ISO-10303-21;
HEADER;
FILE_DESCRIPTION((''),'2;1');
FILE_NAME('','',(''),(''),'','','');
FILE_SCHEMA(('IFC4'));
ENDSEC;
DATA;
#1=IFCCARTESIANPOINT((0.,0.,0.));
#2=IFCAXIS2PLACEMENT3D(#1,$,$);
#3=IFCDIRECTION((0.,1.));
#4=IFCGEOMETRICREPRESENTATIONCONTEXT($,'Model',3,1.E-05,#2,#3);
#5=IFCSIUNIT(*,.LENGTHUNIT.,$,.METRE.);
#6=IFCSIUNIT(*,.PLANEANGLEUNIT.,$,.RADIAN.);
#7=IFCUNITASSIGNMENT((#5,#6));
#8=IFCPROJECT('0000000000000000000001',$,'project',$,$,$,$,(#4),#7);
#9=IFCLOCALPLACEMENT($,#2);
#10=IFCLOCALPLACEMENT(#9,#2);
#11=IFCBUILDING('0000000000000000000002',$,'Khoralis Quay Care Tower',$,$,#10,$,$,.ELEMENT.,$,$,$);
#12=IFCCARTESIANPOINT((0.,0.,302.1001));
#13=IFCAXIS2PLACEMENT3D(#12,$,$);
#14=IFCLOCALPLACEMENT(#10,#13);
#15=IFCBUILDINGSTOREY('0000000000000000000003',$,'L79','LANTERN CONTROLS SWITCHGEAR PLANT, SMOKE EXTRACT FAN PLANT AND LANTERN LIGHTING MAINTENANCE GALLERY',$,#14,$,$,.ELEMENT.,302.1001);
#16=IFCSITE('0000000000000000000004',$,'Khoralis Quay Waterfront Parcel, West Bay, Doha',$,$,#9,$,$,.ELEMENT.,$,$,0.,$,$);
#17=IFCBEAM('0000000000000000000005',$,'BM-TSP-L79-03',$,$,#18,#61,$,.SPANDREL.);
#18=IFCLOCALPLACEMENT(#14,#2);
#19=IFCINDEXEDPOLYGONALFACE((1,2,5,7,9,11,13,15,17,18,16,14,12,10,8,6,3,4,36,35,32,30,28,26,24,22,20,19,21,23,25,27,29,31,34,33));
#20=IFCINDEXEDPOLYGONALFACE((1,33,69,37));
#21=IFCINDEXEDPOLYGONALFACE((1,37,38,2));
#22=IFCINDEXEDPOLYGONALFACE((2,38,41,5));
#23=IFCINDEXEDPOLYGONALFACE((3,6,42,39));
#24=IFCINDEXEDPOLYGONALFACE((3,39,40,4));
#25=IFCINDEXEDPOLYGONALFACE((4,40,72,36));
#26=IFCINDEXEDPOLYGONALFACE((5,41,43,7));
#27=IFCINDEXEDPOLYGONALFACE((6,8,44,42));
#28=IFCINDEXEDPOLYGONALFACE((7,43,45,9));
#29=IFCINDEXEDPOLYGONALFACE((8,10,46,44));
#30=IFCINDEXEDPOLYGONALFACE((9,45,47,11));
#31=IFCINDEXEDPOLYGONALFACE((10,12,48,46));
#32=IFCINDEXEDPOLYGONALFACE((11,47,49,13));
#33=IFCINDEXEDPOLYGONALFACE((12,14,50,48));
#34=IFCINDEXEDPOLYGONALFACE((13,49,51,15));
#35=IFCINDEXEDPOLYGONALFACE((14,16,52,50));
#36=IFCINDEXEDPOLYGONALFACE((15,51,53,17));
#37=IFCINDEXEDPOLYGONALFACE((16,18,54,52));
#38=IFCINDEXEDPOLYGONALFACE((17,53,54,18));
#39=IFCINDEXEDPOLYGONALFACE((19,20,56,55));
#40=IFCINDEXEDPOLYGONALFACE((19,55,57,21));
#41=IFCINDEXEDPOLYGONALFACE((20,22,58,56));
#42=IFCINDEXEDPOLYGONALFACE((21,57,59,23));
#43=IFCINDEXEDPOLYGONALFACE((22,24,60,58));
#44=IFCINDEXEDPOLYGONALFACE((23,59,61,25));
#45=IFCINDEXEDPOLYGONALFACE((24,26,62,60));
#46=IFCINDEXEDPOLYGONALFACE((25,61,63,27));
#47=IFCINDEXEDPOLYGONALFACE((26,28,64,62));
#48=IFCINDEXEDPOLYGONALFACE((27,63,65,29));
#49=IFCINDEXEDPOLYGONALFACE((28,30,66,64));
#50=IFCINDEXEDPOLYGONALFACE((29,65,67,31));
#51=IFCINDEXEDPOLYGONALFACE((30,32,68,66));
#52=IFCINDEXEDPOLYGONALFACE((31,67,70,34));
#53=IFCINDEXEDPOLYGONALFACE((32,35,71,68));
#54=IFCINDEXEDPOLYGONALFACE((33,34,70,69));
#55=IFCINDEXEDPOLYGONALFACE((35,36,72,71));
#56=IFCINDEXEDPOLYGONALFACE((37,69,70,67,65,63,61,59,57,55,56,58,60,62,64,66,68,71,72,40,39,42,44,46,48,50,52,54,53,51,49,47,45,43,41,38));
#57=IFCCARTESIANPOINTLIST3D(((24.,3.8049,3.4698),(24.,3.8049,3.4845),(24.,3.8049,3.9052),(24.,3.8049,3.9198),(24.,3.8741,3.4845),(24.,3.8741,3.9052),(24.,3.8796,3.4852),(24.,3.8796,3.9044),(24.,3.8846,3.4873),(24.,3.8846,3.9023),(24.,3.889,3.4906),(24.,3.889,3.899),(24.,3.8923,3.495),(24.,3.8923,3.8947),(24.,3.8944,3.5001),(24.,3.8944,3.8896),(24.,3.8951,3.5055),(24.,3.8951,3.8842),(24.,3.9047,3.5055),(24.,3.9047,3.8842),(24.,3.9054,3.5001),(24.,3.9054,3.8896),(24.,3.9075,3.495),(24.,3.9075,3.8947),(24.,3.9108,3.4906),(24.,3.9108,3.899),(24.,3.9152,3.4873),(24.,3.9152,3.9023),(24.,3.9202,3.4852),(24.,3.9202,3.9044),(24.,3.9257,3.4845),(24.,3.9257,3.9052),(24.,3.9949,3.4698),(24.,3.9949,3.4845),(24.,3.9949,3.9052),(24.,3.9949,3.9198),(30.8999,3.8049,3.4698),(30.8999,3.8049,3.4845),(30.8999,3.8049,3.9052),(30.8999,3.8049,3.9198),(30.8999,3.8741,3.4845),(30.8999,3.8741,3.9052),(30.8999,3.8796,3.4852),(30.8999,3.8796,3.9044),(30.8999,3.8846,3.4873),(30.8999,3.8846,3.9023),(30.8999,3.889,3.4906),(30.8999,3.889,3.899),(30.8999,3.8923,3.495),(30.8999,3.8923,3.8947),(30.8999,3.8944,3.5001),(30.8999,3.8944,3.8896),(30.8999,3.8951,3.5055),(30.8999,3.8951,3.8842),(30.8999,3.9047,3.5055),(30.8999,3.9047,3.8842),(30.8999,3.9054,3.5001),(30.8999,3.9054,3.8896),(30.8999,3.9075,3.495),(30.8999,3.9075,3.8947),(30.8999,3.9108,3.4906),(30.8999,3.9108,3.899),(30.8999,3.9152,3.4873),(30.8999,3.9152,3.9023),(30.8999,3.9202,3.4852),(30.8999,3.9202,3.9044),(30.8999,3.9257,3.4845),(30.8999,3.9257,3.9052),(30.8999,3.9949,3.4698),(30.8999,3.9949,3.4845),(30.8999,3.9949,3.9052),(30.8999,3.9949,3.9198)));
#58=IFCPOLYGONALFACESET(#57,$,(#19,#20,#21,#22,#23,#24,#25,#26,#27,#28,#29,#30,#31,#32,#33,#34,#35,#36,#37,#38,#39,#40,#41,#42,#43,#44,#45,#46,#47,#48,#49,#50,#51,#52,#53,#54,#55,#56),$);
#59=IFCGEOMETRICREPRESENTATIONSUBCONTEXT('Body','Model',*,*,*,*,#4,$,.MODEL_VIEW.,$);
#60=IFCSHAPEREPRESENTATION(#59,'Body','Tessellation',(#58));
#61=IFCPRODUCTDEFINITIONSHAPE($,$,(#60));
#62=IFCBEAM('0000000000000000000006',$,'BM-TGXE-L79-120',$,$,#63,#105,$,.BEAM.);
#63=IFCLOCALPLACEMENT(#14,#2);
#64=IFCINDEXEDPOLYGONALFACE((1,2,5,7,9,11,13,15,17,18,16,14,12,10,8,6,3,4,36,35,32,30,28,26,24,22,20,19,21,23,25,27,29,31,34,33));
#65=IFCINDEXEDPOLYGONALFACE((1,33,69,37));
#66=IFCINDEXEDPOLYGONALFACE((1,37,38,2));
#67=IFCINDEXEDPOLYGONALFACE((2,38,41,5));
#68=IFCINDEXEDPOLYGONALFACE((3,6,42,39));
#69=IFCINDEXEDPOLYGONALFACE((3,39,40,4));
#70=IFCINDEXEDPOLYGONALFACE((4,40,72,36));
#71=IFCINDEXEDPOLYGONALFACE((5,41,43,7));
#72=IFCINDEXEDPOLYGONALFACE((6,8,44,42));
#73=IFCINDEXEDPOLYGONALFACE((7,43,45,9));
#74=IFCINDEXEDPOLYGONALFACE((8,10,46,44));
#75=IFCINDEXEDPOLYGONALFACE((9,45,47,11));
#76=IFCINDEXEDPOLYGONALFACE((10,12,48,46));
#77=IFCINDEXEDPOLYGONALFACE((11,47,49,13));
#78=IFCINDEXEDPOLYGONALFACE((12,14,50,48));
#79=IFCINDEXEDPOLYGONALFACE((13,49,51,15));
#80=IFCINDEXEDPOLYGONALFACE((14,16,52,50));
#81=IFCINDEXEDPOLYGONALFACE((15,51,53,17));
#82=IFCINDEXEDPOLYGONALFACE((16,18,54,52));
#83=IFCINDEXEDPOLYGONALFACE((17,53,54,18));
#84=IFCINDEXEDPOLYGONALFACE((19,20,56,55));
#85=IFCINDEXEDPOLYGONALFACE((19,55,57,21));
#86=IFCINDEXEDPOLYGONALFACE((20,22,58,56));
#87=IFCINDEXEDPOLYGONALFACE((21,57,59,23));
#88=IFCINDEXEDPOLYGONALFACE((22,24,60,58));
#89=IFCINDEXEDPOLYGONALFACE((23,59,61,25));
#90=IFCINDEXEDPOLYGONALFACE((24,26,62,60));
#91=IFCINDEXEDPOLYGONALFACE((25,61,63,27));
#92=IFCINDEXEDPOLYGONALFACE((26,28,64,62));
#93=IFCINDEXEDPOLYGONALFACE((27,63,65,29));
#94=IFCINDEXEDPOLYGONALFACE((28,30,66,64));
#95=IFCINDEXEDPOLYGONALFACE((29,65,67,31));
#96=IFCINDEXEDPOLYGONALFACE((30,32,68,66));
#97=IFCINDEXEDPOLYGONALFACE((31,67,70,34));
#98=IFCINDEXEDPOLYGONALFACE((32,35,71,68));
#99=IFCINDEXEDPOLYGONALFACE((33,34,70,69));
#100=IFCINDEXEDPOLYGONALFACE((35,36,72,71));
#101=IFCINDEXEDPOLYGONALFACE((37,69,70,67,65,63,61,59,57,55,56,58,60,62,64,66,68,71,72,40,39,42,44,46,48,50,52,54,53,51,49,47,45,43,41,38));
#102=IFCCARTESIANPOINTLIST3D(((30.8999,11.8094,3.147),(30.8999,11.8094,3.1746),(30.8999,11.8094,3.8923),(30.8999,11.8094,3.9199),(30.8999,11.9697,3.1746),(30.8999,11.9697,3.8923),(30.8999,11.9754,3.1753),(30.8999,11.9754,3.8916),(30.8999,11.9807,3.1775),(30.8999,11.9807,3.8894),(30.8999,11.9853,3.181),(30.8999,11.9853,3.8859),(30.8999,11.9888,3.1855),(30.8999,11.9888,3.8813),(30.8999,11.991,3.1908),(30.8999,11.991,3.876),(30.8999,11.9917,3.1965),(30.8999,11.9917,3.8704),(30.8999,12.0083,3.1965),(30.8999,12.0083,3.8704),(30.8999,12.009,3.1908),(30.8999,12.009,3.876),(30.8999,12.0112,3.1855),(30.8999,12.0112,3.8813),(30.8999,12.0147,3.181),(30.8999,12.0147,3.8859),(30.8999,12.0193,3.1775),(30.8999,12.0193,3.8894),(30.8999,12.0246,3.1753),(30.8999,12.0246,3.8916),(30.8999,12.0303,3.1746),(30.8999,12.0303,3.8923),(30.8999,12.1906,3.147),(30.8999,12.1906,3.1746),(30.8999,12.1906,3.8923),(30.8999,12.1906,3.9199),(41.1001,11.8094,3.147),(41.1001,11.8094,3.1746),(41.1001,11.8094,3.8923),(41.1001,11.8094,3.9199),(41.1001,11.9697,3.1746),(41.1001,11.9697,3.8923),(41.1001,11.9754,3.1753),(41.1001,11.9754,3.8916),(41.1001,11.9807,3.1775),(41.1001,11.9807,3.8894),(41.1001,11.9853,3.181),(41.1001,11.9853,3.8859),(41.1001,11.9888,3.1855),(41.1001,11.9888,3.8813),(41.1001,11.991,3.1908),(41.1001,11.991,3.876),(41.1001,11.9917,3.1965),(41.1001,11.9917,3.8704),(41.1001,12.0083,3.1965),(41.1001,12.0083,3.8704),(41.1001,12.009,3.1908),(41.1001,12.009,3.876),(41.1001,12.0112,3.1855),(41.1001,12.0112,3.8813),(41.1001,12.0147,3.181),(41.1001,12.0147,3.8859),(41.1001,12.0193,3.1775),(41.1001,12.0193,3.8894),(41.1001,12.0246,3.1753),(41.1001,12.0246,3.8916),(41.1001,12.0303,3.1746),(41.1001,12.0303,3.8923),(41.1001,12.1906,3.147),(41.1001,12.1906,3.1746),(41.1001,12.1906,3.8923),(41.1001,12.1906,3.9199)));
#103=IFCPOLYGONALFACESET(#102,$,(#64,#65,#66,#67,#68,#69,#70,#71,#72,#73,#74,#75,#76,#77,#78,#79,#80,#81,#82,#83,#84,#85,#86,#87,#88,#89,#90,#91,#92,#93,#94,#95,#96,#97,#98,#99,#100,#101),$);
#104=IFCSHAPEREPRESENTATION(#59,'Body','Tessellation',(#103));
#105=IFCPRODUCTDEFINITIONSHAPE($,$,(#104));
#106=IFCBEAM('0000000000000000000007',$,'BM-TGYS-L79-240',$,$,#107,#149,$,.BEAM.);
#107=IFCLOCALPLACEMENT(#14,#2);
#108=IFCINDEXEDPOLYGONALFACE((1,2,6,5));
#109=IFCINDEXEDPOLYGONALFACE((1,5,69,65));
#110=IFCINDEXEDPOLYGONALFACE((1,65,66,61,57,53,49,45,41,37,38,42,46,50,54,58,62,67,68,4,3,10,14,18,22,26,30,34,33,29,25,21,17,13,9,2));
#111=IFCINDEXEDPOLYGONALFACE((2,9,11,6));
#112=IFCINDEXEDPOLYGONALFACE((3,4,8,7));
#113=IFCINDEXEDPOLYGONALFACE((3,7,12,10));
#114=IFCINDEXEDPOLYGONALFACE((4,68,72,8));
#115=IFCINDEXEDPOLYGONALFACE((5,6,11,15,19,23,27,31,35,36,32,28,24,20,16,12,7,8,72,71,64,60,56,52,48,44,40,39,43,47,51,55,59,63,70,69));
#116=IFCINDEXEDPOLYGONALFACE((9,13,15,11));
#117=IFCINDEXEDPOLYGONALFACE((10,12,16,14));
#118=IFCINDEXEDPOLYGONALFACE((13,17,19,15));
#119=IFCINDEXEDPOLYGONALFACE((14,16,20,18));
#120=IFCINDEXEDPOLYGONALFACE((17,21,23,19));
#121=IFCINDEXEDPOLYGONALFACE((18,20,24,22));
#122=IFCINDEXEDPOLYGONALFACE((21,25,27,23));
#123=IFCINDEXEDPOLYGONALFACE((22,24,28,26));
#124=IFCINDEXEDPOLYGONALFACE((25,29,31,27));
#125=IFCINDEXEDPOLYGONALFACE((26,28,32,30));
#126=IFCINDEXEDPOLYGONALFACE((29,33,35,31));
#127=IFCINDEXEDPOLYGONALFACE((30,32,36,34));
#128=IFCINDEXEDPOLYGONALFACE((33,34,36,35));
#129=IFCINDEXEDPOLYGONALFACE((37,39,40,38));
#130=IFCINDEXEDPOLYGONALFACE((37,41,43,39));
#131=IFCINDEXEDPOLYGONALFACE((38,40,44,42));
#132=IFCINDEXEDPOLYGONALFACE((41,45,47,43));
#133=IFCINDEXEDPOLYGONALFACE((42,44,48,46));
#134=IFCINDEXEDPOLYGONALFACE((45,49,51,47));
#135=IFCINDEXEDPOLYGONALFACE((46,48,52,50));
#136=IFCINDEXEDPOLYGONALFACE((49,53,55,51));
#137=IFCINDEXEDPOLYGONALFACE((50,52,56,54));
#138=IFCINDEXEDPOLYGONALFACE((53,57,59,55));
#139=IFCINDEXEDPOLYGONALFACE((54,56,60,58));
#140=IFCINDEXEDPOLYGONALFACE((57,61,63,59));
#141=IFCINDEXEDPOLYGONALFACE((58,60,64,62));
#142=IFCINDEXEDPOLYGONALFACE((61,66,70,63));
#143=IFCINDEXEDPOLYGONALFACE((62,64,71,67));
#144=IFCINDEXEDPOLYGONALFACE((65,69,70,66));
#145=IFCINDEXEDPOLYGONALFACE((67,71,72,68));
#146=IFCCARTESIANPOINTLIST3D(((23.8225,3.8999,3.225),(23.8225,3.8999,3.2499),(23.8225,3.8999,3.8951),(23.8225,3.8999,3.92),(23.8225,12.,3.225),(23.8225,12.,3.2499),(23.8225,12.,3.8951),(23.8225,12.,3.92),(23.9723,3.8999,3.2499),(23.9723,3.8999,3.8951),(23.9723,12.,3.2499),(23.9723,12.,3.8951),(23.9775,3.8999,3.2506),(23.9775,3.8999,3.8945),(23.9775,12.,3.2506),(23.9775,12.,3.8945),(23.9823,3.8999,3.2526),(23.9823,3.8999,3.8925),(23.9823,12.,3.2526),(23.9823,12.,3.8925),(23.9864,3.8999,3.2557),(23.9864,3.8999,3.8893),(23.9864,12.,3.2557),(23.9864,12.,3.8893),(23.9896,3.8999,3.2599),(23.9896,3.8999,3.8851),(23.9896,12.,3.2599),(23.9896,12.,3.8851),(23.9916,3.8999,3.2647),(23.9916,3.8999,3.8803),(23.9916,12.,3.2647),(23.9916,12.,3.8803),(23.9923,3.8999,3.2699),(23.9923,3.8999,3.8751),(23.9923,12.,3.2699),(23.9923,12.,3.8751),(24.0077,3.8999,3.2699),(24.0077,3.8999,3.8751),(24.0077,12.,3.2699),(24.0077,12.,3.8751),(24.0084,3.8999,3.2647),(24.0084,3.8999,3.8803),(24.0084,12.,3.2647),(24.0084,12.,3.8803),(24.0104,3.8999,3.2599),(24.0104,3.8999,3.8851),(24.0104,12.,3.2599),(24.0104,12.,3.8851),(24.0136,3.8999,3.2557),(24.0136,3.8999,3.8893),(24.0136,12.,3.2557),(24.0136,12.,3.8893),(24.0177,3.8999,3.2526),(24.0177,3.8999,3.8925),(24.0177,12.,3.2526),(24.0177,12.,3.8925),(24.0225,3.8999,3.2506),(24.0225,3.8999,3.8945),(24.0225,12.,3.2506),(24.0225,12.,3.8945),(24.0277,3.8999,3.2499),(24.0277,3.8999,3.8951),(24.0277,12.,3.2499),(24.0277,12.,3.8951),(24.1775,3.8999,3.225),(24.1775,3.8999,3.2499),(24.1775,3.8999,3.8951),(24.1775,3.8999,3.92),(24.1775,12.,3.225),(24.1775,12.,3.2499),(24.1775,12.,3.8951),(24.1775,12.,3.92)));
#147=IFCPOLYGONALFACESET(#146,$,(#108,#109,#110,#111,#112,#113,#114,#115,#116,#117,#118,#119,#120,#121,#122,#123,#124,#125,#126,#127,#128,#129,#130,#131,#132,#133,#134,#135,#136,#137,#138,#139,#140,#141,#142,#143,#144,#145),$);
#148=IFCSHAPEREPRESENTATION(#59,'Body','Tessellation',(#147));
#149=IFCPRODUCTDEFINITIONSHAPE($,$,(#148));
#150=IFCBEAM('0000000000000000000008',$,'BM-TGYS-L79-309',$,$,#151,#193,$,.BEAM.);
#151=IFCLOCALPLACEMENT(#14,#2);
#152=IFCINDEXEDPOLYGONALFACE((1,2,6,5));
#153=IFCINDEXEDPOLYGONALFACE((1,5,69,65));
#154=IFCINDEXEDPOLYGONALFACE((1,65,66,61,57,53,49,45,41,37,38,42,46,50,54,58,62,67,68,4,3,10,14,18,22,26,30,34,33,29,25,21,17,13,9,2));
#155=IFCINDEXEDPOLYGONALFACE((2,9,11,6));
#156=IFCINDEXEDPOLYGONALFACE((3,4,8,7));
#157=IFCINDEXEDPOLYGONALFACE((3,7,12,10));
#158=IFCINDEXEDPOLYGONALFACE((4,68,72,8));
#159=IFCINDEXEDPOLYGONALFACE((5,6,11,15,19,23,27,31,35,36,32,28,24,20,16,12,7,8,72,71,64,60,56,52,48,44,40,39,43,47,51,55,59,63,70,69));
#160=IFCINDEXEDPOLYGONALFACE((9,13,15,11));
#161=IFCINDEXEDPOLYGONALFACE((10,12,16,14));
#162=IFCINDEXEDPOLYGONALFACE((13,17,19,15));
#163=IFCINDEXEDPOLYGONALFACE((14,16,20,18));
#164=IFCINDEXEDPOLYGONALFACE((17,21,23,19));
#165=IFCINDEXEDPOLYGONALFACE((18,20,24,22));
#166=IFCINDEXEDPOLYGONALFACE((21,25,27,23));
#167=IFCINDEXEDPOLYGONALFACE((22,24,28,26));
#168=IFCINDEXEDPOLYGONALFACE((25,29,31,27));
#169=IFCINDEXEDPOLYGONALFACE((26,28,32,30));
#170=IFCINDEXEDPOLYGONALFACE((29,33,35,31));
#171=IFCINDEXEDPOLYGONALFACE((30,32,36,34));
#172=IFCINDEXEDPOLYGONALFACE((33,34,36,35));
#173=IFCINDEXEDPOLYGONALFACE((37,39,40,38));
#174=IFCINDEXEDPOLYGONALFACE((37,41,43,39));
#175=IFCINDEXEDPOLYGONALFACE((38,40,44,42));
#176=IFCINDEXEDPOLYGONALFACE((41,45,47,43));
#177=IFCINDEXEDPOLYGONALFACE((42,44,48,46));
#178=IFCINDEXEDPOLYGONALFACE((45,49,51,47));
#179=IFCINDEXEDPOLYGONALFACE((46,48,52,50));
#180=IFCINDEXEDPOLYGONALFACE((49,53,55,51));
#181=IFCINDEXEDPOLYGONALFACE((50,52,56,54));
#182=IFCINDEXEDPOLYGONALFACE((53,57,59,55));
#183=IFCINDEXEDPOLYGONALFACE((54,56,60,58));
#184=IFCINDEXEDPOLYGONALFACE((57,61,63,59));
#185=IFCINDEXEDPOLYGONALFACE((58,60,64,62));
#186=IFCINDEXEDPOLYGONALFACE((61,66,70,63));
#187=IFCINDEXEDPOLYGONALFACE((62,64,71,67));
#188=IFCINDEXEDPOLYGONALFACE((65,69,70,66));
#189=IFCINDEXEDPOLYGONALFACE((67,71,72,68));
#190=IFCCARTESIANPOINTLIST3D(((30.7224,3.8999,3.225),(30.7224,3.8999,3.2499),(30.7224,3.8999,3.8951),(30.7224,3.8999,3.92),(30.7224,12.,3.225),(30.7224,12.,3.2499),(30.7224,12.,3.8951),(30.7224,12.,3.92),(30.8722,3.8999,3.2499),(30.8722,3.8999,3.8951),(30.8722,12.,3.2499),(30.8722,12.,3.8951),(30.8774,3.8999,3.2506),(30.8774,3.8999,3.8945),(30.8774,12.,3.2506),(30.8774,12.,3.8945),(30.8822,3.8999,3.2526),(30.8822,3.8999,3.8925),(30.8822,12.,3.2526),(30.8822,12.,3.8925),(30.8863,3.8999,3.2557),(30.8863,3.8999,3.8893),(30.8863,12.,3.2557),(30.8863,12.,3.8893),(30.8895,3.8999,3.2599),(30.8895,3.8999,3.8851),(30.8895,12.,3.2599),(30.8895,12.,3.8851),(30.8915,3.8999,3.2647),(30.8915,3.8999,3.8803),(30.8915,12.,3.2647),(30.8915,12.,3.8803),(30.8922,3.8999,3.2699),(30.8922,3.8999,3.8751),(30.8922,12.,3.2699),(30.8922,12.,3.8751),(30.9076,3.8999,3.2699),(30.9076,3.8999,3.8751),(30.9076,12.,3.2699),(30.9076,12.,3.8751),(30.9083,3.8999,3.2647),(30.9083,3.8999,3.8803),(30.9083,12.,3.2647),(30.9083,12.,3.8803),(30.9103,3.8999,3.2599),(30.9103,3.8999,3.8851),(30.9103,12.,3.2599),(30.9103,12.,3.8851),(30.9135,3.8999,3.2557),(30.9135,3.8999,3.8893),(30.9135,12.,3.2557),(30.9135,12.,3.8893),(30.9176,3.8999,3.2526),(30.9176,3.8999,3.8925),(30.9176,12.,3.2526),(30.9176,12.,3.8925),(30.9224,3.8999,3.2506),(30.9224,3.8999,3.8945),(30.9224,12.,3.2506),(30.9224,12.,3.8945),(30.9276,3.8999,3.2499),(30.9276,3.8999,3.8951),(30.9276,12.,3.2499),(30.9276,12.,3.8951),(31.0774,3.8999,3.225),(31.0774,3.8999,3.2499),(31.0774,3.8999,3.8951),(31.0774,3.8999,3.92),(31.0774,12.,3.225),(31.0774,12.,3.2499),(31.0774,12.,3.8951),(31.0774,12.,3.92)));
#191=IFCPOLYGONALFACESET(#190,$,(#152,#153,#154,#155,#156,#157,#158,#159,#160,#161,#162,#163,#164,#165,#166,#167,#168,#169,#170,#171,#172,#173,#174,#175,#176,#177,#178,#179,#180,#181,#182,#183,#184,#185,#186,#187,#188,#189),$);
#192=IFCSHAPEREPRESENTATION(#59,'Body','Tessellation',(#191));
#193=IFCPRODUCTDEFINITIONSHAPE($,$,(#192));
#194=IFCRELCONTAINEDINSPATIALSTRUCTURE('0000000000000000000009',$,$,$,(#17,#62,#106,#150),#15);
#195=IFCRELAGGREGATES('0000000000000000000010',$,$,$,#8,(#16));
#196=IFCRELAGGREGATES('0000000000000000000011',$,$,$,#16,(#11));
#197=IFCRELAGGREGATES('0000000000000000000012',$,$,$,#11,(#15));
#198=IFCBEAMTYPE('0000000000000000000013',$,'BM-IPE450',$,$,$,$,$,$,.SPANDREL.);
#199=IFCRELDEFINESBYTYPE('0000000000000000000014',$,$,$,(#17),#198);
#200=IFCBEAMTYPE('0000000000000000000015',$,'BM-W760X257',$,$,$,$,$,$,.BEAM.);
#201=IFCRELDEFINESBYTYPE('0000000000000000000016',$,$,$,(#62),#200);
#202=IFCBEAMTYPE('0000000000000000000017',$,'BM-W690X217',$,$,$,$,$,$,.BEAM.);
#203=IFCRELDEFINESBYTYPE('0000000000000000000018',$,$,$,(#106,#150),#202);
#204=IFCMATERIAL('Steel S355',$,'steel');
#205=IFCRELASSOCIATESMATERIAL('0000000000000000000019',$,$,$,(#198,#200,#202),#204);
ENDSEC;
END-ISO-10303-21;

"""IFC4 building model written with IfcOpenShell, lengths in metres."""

from ifc_helpers import new_model, si_unit, direction, frame, origin, origin_2d, place, context, subcontext, project, spatial, i_section, extrude, source, transform, mapped, material, material_profile, profile_set, type_object, element, save


model = new_model("IFC4")

# Units and contexts
model_context = context("Model", 3, precision=1e-05, world=origin(), true_north=direction((0.0, 1.0)))
body_context = subcontext(model_context, "Body", "Model", "MODEL_VIEW")
ifc_project = project(units=[si_unit("LENGTHUNIT", "METRE"), si_unit("PLANEANGLEUNIT", "RADIAN")], contexts=[model_context])

# Site, building, storey
site_placement = place(None, origin())
site = spatial("IfcSite", under=ifc_project, at=site_placement, Name="Khoralis Quay Waterfront Parcel, West Bay, Doha", CompositionType="ELEMENT", RefElevation=0.0)
building_placement = place(site_placement, origin())
building = spatial("IfcBuilding", under=site, at=building_placement, Name="Khoralis Quay Care Tower", CompositionType="ELEMENT")
storey_placement = place(building_placement, frame((0.0, 0.0, 302.1001)))
storey = spatial("IfcBuildingStorey", under=building, at=storey_placement, Name="L79", Description="LANTERN CONTROLS SWITCHGEAR PLANT, SMOKE EXTRACT FAN PLANT AND LANTERN LIGHTING MAINTENANCE GALLERY", CompositionType="ELEMENT", Elevation=302.1001)

# Beams
ifc_material_1 = material(Name="Steel S355", Category="steel")
ifc_material_profile_1 = material_profile(ifc_material_1, i_section(OverallWidth=0.1899, OverallDepth=0.45, WebThickness=0.0095, FlangeThickness=0.0146, FilletRadius=0.021, at=origin_2d()), Name="Steel S355")
ifc_profile_set_1 = profile_set([ifc_material_profile_1], Name="Steel S355")
beam_type_1 = type_object("IfcBeamType", Name="BM-IPE450", PredefinedType="SPANDREL", material=ifc_profile_set_1)
shared_shape_1 = source(origin(), body_context, "Body", "SweptSolid", [
    extrude(i_section(OverallWidth=0.1899, OverallDepth=0.45, WebThickness=0.0095, FlangeThickness=0.0146, FilletRadius=0.021, at=origin_2d()), origin(), (0.0, 0.0, 1.0), 6.8999),
])
beam_1_placement = place(storey_placement, frame((24.0, 3.8999, 3.6948), z_axis=(1.0, 0.0, 0.0), x_axis=(0.0, 1.0, 0.0)))
element("IfcBeam", 1, at=beam_1_placement, inside=storey, type_object=beam_type_1, Name="BM-TSP-L79-03", PredefinedType="SPANDREL", context=body_context, shape_type="MappedRepresentation", body=[
    mapped(shared_shape_1, transform((0.0, 0.0, 0.0), scale=1.0)),
])
ifc_material_profile_2 = material_profile(ifc_material_1, i_section(OverallWidth=0.3811, OverallDepth=0.7729, WebThickness=0.0166, FlangeThickness=0.0276, FilletRadius=0.022, at=origin_2d()), Name="Steel S355")
ifc_profile_set_2 = profile_set([ifc_material_profile_2], Name="Steel S355")
beam_type_2 = type_object("IfcBeamType", Name="BM-W760X257", PredefinedType="BEAM", material=ifc_profile_set_2)
shared_shape_2 = source(origin(), body_context, "Body", "SweptSolid", [
    extrude(i_section(OverallWidth=0.3811, OverallDepth=0.7729, WebThickness=0.0166, FlangeThickness=0.0276, FilletRadius=0.022, at=origin_2d()), origin(), (0.0, 0.0, 1.0), 10.2002),
])
beam_2_placement = place(storey_placement, frame((30.8999, 12.0, 3.5334), z_axis=(1.0, 0.0, 0.0), x_axis=(0.0, 1.0, 0.0)))
element("IfcBeam", 2, at=beam_2_placement, inside=storey, type_object=beam_type_2, Name="BM-TGXE-L79-120", PredefinedType="BEAM", context=body_context, shape_type="MappedRepresentation", body=[
    mapped(shared_shape_2, transform((0.0, 0.0, 0.0), scale=1.0)),
])
ifc_material_profile_3 = material_profile(ifc_material_1, i_section(OverallWidth=0.355, OverallDepth=0.6951, WebThickness=0.0154, FlangeThickness=0.0249, FilletRadius=0.02, at=origin_2d()), Name="Steel S355")
ifc_profile_set_3 = profile_set([ifc_material_profile_3], Name="Steel S355")
beam_type_3 = type_object("IfcBeamType", Name="BM-W690X217", PredefinedType="BEAM", material=ifc_profile_set_3)
shared_shape_3 = source(origin(), body_context, "Body", "SweptSolid", [
    extrude(i_section(OverallWidth=0.355, OverallDepth=0.6951, WebThickness=0.0154, FlangeThickness=0.0249, FilletRadius=0.02, at=origin_2d()), origin(), (0.0, 0.0, 1.0), 8.1001),
])
for number, where, z_axis, x_axis, name in (
    (3, (24.0, 3.8999, 3.5725), (0.0, 1.0, 0.0), (-1.0, 0.0, 0.0), "BM-TGYS-L79-240"),
    (4, (30.8999, 3.8999, 3.5725), (0.0, 1.0, 0.0), (-1.0, 0.0, 0.0), "BM-TGYS-L79-309"),
):
    element("IfcBeam", number, at=place(storey_placement, frame(where, z_axis=z_axis, x_axis=x_axis)), inside=storey, type_object=beam_type_3, Name=name, PredefinedType="BEAM", context=body_context, shape_type="MappedRepresentation", body=[
        mapped(shared_shape_3, transform((0.0, 0.0, 0.0), scale=1.0)),
    ])

save(model, "model.ifc")
